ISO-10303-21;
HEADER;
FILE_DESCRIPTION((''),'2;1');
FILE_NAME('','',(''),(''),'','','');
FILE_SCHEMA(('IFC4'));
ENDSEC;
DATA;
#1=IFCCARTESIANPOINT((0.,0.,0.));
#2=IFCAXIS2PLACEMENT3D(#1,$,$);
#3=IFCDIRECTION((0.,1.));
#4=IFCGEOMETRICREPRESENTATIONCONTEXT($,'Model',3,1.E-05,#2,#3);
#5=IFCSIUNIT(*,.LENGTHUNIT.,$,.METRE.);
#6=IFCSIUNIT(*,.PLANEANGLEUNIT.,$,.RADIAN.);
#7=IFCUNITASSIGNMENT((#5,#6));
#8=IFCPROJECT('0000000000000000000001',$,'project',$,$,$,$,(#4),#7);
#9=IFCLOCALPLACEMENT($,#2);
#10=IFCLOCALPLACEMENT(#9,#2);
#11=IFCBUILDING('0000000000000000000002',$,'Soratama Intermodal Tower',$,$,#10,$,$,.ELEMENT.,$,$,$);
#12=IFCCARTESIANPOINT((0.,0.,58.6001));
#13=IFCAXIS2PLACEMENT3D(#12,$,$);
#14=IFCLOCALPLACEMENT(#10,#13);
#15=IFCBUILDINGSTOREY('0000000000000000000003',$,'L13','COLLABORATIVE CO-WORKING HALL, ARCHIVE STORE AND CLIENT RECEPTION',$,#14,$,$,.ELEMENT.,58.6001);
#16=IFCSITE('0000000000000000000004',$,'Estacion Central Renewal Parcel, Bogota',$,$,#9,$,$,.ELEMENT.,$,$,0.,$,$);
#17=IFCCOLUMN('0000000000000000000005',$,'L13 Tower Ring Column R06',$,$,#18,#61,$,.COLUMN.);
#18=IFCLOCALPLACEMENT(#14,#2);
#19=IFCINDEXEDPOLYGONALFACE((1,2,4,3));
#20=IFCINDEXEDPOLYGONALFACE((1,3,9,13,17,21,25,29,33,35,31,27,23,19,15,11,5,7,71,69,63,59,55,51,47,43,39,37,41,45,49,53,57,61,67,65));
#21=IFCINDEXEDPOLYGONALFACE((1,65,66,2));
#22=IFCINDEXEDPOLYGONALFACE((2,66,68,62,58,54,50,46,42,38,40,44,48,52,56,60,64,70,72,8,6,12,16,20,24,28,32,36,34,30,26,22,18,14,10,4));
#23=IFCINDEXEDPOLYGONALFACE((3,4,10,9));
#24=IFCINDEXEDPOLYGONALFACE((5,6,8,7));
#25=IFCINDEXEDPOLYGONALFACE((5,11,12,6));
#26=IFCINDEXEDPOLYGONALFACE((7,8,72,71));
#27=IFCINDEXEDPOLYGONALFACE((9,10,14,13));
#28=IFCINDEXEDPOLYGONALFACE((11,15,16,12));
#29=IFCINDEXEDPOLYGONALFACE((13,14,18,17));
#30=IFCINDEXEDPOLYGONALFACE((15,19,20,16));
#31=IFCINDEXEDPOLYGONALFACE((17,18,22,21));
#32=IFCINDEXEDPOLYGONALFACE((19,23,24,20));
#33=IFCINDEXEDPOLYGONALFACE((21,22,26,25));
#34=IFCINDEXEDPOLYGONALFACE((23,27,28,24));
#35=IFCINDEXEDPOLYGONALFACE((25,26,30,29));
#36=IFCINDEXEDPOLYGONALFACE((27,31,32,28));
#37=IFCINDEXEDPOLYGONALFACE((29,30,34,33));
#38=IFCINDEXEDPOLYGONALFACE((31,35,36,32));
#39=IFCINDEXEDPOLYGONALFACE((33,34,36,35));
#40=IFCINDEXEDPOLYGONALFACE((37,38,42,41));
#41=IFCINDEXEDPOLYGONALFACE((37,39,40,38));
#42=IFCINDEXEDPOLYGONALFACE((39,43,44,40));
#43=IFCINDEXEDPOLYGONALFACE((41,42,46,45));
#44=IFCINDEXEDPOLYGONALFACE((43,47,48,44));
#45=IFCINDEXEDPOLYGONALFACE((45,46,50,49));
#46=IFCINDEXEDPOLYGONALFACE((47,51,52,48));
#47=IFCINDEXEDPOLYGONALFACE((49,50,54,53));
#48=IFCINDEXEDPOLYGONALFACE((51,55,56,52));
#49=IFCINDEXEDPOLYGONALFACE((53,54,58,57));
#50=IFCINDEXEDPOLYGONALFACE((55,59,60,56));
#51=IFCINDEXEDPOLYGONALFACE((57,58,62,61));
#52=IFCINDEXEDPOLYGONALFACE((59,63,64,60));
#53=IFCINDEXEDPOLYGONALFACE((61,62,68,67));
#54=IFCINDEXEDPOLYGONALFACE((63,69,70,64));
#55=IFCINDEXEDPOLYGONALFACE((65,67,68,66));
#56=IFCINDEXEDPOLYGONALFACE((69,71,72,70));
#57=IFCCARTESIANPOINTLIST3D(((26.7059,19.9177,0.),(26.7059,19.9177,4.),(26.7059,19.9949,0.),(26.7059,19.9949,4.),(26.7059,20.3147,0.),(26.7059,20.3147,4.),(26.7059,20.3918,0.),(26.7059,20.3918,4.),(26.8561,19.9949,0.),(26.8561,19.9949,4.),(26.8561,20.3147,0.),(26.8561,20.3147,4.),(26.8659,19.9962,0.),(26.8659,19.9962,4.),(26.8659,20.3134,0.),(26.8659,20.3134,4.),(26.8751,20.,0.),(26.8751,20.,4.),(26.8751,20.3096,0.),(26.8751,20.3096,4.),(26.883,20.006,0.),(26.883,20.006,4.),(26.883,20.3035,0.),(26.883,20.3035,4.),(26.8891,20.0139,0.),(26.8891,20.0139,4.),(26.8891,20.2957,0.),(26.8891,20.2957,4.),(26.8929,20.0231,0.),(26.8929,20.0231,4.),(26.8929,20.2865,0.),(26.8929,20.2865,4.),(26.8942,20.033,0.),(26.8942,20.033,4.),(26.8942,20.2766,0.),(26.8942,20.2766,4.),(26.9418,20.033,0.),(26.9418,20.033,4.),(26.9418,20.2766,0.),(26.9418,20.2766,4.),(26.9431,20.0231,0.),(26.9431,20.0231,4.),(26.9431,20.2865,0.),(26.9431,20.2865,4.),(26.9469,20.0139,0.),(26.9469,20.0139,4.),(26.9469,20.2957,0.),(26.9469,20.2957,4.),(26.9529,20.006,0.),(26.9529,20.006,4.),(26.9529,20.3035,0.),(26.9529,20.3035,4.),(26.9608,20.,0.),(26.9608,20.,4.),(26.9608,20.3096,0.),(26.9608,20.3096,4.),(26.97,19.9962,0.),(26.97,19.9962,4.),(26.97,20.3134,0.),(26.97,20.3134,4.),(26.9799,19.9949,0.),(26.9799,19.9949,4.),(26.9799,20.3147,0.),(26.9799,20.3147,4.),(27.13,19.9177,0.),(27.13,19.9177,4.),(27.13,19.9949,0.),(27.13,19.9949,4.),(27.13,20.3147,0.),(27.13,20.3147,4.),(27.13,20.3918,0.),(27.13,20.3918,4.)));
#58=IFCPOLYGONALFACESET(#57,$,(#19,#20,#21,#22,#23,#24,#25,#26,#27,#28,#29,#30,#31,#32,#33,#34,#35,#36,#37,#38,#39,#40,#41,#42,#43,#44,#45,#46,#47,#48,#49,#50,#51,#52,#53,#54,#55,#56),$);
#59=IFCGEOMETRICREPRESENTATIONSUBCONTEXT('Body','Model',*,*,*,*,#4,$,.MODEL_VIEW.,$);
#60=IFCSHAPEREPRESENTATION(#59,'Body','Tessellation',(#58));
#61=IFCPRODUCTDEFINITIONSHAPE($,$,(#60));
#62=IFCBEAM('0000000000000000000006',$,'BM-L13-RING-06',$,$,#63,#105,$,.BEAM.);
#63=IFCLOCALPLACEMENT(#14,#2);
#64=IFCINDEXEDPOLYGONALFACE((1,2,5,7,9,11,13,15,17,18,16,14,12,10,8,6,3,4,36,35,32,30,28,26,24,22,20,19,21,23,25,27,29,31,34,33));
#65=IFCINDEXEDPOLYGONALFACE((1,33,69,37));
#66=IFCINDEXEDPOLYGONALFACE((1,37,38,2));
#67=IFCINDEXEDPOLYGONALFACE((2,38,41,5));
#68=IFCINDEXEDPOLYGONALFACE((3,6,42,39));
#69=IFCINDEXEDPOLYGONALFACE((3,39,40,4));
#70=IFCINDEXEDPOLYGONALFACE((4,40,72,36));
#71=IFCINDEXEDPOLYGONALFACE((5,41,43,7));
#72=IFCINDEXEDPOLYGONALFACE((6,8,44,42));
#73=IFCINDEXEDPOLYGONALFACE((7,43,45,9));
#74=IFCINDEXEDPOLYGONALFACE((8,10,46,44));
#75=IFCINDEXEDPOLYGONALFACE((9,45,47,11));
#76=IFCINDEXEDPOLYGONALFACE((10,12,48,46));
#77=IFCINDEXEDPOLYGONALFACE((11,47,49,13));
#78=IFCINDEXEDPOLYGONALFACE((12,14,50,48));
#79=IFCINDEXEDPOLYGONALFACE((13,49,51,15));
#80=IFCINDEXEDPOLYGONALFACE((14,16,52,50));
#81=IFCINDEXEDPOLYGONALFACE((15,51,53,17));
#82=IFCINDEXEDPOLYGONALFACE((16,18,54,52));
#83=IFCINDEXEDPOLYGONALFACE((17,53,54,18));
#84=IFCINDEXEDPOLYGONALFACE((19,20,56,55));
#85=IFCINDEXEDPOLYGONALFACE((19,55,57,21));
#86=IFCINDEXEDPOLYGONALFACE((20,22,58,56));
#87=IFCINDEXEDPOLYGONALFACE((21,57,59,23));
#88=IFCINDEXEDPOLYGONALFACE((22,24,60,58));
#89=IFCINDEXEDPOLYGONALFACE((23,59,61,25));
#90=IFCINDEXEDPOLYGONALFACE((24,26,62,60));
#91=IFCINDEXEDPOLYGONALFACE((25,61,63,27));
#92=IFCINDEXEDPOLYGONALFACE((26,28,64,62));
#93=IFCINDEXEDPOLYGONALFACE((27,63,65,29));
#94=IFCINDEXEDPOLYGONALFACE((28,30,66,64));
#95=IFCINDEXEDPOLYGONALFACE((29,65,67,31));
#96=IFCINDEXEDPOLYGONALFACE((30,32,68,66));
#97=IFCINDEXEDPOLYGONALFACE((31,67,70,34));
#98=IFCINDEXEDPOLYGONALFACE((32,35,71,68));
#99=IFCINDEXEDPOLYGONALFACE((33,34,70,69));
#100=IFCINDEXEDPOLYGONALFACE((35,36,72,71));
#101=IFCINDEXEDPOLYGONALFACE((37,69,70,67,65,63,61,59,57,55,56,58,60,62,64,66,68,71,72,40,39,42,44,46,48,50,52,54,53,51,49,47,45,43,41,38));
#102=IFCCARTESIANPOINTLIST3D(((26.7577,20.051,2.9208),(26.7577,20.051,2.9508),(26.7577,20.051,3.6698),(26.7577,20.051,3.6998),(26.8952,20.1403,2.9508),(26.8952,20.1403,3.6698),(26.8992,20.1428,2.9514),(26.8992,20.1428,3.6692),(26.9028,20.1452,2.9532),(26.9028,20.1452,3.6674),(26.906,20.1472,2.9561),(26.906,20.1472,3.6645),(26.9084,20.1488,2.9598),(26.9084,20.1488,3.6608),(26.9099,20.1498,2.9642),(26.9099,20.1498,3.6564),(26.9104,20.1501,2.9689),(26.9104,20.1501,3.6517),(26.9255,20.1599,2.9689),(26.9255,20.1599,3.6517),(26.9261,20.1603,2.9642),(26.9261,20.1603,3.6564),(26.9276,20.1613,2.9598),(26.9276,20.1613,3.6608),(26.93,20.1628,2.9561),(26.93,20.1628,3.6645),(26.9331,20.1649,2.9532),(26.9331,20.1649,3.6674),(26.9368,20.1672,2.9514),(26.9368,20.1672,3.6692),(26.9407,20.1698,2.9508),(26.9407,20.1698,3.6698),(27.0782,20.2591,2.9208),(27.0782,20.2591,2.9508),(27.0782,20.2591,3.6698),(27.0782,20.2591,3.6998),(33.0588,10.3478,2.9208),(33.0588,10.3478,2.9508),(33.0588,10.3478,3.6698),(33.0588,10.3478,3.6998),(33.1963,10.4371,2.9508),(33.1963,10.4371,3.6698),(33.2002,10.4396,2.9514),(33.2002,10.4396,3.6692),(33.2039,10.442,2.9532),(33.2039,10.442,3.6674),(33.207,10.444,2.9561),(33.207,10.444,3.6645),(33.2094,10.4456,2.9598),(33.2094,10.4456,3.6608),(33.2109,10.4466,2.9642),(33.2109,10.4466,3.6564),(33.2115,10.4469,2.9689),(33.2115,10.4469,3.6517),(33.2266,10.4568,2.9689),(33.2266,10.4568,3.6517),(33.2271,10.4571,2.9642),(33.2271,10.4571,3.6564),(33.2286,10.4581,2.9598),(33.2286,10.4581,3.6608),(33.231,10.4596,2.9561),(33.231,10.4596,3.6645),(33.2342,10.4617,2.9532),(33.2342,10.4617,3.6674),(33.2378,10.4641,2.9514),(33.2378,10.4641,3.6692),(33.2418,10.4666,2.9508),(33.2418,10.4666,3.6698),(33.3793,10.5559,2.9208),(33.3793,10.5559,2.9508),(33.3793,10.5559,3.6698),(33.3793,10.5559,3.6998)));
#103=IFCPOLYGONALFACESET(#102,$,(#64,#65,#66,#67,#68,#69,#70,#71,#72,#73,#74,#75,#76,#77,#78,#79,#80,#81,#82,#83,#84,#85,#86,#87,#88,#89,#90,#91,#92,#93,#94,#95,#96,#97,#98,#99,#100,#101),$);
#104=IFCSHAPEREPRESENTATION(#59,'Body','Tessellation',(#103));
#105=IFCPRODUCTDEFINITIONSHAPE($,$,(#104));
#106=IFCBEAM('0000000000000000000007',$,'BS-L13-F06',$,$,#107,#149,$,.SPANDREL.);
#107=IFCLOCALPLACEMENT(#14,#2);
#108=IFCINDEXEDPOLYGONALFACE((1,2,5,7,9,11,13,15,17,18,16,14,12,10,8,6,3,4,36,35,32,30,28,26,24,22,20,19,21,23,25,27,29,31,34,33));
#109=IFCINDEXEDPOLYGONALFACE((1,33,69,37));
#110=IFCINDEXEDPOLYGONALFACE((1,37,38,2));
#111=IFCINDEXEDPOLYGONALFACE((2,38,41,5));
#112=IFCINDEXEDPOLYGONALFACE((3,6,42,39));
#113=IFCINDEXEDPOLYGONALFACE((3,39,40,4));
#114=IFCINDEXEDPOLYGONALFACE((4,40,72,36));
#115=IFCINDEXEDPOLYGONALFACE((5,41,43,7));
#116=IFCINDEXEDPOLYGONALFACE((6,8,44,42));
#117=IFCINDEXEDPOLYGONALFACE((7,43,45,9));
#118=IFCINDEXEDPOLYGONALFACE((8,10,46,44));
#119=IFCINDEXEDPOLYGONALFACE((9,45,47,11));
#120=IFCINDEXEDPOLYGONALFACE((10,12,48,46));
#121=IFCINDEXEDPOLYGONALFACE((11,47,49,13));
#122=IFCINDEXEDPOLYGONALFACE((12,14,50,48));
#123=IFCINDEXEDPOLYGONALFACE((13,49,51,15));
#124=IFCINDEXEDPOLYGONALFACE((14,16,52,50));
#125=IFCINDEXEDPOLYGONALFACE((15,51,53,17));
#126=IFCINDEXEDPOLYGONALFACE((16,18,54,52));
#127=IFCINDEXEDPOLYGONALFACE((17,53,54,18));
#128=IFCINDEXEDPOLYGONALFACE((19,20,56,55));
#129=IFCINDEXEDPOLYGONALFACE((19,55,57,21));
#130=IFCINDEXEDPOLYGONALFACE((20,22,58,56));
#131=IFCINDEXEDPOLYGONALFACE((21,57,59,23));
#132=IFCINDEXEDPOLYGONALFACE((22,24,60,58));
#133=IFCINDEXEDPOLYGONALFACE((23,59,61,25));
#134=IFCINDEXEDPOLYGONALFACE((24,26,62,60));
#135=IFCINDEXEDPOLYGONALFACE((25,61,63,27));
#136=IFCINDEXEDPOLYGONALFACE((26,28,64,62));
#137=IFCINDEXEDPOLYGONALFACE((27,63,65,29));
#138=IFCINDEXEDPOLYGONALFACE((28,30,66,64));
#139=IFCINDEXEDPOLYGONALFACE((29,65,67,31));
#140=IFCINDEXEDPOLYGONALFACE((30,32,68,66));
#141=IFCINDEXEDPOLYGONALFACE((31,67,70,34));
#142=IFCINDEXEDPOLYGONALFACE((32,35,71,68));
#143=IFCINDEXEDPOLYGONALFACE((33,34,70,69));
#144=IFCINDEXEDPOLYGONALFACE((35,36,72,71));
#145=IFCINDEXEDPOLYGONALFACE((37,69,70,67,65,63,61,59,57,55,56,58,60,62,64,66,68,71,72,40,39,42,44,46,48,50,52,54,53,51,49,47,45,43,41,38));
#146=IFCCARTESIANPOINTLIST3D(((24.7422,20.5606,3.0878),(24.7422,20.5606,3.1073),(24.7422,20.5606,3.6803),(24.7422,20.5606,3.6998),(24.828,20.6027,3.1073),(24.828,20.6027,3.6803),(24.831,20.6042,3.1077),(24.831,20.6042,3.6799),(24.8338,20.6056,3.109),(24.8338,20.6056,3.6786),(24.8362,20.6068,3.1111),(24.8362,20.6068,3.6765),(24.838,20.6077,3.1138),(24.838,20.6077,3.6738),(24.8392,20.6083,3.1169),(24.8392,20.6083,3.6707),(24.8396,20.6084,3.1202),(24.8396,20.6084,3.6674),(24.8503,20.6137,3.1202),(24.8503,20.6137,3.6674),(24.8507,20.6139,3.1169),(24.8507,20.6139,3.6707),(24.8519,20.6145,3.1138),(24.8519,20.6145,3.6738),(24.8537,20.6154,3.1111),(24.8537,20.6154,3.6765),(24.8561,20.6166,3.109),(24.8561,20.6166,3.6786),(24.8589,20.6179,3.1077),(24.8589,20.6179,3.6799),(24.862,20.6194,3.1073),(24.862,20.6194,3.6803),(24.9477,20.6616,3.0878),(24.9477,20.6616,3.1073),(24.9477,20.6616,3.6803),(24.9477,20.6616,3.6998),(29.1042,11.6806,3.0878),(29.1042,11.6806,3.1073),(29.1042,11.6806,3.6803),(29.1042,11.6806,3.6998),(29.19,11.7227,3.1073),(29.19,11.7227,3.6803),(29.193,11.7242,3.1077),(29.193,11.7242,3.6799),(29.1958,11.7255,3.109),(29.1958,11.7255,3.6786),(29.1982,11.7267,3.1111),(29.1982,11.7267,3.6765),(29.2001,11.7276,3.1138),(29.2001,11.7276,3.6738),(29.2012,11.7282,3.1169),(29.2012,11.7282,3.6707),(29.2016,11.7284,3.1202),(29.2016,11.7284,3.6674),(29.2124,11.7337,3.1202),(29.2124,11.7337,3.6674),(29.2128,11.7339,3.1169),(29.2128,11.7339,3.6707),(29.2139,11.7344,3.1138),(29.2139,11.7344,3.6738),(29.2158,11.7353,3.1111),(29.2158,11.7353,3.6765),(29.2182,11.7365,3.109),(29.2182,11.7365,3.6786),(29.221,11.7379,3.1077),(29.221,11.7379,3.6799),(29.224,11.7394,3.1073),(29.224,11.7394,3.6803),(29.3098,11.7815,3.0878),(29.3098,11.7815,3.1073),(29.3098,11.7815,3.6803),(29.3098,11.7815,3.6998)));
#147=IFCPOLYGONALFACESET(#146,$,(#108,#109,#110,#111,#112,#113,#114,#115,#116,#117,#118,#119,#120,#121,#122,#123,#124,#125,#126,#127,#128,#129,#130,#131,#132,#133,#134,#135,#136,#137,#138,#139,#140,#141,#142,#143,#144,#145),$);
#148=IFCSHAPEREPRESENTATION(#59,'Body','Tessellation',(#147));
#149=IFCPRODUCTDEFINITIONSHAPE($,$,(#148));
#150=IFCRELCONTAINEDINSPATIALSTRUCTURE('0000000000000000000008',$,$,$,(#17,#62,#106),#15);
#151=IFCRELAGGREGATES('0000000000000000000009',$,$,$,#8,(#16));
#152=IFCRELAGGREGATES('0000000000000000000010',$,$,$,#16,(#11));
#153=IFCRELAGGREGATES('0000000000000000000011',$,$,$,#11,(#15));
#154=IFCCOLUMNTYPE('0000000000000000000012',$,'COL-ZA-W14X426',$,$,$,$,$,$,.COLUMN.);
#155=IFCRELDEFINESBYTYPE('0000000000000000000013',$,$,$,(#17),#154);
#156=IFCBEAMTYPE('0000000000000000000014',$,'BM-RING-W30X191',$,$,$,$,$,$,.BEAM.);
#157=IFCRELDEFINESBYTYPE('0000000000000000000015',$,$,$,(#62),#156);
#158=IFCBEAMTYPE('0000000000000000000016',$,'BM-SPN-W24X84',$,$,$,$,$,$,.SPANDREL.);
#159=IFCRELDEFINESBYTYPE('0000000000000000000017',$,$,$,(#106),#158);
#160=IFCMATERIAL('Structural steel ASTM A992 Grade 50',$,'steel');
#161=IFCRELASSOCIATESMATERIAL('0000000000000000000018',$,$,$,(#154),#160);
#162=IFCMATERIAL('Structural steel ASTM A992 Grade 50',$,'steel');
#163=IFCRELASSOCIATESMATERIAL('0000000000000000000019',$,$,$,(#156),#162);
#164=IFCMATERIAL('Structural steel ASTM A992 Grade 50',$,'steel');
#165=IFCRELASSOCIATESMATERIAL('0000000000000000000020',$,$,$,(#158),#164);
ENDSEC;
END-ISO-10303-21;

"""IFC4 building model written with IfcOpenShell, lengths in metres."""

from ifc_helpers import new_model, si_unit, direction, frame, origin, origin_2d, place, context, subcontext, project, spatial, i_section, extrude, material, material_profile, profile_set, type_object, element, save


model = new_model("IFC4")

# Units and contexts
model_context = context("Model", 3, precision=1e-05, world=origin(), true_north=direction((0.0, 1.0)))
body_context = subcontext(model_context, "Body", "Model", "MODEL_VIEW")
ifc_project = project(units=[si_unit("LENGTHUNIT", "METRE"), si_unit("PLANEANGLEUNIT", "RADIAN")], contexts=[model_context])

# Site, building, storey
site_placement = place(None, origin())
site = spatial("IfcSite", under=ifc_project, at=site_placement, Name="Estacion Central Renewal Parcel, Bogota", CompositionType="ELEMENT", RefElevation=0.0)
building_placement = place(site_placement, origin())
building = spatial("IfcBuilding", under=site, at=building_placement, Name="Soratama Intermodal Tower", CompositionType="ELEMENT")
storey_placement = place(building_placement, frame((0.0, 0.0, 58.6001)))
storey = spatial("IfcBuildingStorey", under=building, at=storey_placement, Name="L13", Description="COLLABORATIVE CO-WORKING HALL, ARCHIVE STORE AND CLIENT RECEPTION", CompositionType="ELEMENT", Elevation=58.6001)

# Column
ifc_material_1 = material(Name="Structural steel ASTM A992 Grade 50", Category="steel")
ifc_material_profile_1 = material_profile(ifc_material_1, i_section(OverallWidth=0.4241, OverallDepth=0.4741, WebThickness=0.0476, FlangeThickness=0.0771, FilletRadius=0.0381, at=origin_2d()), Name="W14X426")
ifc_profile_set_1 = profile_set([ifc_material_profile_1], Name="Structural steel ASTM A992 Grade 50")
column_type = type_object("IfcColumnType", Name="COL-ZA-W14X426", PredefinedType="COLUMN", material=ifc_profile_set_1)
column_placement = place(storey_placement, frame((26.918, 20.1548, 0.0), z_axis=(0.0, 0.0, 1.0), x_axis=(1.0, 0.0, 0.0)))
element("IfcColumn", 1, at=column_placement, inside=storey, type_object=column_type, Name="L13 Tower Ring Column R06", PredefinedType="COLUMN", context=body_context, shape_type="SweptSolid", body=[
    extrude(i_section(OverallWidth=0.4241, OverallDepth=0.4741, WebThickness=0.0476, FlangeThickness=0.0771, FilletRadius=0.0381, at=origin_2d()), origin(), (0.0, 0.0, 1.0), 4.0),
])

# Beams
ifc_material_2 = material(Name="Structural steel ASTM A992 Grade 50", Category="steel")
ifc_material_profile_2 = material_profile(ifc_material_2, i_section(OverallWidth=0.3821, OverallDepth=0.7791, WebThickness=0.0181, FlangeThickness=0.03, FilletRadius=0.0181, at=origin_2d()), Name="W30X191")
ifc_profile_set_2 = profile_set([ifc_material_profile_2], Name="Structural steel ASTM A992 Grade 50")
beam_type_1 = type_object("IfcBeamType", Name="BM-RING-W30X191", PredefinedType="BEAM", material=ifc_profile_set_2)
beam_1_placement = place(storey_placement, frame((26.918, 20.155, 3.3103), z_axis=(0.544623, -0.838681, 0.0), x_axis=(0.838681, 0.544623, 0.0)))
element("IfcBeam", 2, at=beam_1_placement, inside=storey, type_object=beam_type_1, Name="BM-L13-RING-06", PredefinedType="BEAM", context=body_context, shape_type="SweptSolid", body=[
    extrude(i_section(OverallWidth=0.3821, OverallDepth=0.7791, WebThickness=0.0181, FlangeThickness=0.03, FilletRadius=0.0181, at=origin_2d()), origin(), (0.0, 0.0, 1.0), 11.5696),
])
ifc_material_3 = material(Name="Structural steel ASTM A992 Grade 50", Category="steel")
ifc_material_profile_3 = material_profile(ifc_material_3, i_section(OverallWidth=0.229, OverallDepth=0.6121, WebThickness=0.012, FlangeThickness=0.0195, FilletRadius=0.0129, at=origin_2d()), Name="W24X84")
ifc_profile_set_3 = profile_set([ifc_material_profile_3], Name="Structural steel ASTM A992 Grade 50")
beam_type_2 = type_object("IfcBeamType", Name="BM-SPN-W24X84", PredefinedType="SPANDREL", material=ifc_profile_set_3)
beam_2_placement = place(storey_placement, frame((24.845, 20.6111, 3.3938), z_axis=(0.440895, -0.897559, 0.0), x_axis=(0.897559, 0.440895, 0.0)))
element("IfcBeam", 3, at=beam_2_placement, inside=storey, type_object=beam_type_2, Name="BS-L13-F06", PredefinedType="SPANDREL", context=body_context, shape_type="SweptSolid", body=[
    extrude(i_section(OverallWidth=0.229, OverallDepth=0.6121, WebThickness=0.012, FlangeThickness=0.0195, FilletRadius=0.0129, at=origin_2d()), origin(), (0.0, 0.0, 1.0), 9.8936),
])

save(model, "model.ifc")
